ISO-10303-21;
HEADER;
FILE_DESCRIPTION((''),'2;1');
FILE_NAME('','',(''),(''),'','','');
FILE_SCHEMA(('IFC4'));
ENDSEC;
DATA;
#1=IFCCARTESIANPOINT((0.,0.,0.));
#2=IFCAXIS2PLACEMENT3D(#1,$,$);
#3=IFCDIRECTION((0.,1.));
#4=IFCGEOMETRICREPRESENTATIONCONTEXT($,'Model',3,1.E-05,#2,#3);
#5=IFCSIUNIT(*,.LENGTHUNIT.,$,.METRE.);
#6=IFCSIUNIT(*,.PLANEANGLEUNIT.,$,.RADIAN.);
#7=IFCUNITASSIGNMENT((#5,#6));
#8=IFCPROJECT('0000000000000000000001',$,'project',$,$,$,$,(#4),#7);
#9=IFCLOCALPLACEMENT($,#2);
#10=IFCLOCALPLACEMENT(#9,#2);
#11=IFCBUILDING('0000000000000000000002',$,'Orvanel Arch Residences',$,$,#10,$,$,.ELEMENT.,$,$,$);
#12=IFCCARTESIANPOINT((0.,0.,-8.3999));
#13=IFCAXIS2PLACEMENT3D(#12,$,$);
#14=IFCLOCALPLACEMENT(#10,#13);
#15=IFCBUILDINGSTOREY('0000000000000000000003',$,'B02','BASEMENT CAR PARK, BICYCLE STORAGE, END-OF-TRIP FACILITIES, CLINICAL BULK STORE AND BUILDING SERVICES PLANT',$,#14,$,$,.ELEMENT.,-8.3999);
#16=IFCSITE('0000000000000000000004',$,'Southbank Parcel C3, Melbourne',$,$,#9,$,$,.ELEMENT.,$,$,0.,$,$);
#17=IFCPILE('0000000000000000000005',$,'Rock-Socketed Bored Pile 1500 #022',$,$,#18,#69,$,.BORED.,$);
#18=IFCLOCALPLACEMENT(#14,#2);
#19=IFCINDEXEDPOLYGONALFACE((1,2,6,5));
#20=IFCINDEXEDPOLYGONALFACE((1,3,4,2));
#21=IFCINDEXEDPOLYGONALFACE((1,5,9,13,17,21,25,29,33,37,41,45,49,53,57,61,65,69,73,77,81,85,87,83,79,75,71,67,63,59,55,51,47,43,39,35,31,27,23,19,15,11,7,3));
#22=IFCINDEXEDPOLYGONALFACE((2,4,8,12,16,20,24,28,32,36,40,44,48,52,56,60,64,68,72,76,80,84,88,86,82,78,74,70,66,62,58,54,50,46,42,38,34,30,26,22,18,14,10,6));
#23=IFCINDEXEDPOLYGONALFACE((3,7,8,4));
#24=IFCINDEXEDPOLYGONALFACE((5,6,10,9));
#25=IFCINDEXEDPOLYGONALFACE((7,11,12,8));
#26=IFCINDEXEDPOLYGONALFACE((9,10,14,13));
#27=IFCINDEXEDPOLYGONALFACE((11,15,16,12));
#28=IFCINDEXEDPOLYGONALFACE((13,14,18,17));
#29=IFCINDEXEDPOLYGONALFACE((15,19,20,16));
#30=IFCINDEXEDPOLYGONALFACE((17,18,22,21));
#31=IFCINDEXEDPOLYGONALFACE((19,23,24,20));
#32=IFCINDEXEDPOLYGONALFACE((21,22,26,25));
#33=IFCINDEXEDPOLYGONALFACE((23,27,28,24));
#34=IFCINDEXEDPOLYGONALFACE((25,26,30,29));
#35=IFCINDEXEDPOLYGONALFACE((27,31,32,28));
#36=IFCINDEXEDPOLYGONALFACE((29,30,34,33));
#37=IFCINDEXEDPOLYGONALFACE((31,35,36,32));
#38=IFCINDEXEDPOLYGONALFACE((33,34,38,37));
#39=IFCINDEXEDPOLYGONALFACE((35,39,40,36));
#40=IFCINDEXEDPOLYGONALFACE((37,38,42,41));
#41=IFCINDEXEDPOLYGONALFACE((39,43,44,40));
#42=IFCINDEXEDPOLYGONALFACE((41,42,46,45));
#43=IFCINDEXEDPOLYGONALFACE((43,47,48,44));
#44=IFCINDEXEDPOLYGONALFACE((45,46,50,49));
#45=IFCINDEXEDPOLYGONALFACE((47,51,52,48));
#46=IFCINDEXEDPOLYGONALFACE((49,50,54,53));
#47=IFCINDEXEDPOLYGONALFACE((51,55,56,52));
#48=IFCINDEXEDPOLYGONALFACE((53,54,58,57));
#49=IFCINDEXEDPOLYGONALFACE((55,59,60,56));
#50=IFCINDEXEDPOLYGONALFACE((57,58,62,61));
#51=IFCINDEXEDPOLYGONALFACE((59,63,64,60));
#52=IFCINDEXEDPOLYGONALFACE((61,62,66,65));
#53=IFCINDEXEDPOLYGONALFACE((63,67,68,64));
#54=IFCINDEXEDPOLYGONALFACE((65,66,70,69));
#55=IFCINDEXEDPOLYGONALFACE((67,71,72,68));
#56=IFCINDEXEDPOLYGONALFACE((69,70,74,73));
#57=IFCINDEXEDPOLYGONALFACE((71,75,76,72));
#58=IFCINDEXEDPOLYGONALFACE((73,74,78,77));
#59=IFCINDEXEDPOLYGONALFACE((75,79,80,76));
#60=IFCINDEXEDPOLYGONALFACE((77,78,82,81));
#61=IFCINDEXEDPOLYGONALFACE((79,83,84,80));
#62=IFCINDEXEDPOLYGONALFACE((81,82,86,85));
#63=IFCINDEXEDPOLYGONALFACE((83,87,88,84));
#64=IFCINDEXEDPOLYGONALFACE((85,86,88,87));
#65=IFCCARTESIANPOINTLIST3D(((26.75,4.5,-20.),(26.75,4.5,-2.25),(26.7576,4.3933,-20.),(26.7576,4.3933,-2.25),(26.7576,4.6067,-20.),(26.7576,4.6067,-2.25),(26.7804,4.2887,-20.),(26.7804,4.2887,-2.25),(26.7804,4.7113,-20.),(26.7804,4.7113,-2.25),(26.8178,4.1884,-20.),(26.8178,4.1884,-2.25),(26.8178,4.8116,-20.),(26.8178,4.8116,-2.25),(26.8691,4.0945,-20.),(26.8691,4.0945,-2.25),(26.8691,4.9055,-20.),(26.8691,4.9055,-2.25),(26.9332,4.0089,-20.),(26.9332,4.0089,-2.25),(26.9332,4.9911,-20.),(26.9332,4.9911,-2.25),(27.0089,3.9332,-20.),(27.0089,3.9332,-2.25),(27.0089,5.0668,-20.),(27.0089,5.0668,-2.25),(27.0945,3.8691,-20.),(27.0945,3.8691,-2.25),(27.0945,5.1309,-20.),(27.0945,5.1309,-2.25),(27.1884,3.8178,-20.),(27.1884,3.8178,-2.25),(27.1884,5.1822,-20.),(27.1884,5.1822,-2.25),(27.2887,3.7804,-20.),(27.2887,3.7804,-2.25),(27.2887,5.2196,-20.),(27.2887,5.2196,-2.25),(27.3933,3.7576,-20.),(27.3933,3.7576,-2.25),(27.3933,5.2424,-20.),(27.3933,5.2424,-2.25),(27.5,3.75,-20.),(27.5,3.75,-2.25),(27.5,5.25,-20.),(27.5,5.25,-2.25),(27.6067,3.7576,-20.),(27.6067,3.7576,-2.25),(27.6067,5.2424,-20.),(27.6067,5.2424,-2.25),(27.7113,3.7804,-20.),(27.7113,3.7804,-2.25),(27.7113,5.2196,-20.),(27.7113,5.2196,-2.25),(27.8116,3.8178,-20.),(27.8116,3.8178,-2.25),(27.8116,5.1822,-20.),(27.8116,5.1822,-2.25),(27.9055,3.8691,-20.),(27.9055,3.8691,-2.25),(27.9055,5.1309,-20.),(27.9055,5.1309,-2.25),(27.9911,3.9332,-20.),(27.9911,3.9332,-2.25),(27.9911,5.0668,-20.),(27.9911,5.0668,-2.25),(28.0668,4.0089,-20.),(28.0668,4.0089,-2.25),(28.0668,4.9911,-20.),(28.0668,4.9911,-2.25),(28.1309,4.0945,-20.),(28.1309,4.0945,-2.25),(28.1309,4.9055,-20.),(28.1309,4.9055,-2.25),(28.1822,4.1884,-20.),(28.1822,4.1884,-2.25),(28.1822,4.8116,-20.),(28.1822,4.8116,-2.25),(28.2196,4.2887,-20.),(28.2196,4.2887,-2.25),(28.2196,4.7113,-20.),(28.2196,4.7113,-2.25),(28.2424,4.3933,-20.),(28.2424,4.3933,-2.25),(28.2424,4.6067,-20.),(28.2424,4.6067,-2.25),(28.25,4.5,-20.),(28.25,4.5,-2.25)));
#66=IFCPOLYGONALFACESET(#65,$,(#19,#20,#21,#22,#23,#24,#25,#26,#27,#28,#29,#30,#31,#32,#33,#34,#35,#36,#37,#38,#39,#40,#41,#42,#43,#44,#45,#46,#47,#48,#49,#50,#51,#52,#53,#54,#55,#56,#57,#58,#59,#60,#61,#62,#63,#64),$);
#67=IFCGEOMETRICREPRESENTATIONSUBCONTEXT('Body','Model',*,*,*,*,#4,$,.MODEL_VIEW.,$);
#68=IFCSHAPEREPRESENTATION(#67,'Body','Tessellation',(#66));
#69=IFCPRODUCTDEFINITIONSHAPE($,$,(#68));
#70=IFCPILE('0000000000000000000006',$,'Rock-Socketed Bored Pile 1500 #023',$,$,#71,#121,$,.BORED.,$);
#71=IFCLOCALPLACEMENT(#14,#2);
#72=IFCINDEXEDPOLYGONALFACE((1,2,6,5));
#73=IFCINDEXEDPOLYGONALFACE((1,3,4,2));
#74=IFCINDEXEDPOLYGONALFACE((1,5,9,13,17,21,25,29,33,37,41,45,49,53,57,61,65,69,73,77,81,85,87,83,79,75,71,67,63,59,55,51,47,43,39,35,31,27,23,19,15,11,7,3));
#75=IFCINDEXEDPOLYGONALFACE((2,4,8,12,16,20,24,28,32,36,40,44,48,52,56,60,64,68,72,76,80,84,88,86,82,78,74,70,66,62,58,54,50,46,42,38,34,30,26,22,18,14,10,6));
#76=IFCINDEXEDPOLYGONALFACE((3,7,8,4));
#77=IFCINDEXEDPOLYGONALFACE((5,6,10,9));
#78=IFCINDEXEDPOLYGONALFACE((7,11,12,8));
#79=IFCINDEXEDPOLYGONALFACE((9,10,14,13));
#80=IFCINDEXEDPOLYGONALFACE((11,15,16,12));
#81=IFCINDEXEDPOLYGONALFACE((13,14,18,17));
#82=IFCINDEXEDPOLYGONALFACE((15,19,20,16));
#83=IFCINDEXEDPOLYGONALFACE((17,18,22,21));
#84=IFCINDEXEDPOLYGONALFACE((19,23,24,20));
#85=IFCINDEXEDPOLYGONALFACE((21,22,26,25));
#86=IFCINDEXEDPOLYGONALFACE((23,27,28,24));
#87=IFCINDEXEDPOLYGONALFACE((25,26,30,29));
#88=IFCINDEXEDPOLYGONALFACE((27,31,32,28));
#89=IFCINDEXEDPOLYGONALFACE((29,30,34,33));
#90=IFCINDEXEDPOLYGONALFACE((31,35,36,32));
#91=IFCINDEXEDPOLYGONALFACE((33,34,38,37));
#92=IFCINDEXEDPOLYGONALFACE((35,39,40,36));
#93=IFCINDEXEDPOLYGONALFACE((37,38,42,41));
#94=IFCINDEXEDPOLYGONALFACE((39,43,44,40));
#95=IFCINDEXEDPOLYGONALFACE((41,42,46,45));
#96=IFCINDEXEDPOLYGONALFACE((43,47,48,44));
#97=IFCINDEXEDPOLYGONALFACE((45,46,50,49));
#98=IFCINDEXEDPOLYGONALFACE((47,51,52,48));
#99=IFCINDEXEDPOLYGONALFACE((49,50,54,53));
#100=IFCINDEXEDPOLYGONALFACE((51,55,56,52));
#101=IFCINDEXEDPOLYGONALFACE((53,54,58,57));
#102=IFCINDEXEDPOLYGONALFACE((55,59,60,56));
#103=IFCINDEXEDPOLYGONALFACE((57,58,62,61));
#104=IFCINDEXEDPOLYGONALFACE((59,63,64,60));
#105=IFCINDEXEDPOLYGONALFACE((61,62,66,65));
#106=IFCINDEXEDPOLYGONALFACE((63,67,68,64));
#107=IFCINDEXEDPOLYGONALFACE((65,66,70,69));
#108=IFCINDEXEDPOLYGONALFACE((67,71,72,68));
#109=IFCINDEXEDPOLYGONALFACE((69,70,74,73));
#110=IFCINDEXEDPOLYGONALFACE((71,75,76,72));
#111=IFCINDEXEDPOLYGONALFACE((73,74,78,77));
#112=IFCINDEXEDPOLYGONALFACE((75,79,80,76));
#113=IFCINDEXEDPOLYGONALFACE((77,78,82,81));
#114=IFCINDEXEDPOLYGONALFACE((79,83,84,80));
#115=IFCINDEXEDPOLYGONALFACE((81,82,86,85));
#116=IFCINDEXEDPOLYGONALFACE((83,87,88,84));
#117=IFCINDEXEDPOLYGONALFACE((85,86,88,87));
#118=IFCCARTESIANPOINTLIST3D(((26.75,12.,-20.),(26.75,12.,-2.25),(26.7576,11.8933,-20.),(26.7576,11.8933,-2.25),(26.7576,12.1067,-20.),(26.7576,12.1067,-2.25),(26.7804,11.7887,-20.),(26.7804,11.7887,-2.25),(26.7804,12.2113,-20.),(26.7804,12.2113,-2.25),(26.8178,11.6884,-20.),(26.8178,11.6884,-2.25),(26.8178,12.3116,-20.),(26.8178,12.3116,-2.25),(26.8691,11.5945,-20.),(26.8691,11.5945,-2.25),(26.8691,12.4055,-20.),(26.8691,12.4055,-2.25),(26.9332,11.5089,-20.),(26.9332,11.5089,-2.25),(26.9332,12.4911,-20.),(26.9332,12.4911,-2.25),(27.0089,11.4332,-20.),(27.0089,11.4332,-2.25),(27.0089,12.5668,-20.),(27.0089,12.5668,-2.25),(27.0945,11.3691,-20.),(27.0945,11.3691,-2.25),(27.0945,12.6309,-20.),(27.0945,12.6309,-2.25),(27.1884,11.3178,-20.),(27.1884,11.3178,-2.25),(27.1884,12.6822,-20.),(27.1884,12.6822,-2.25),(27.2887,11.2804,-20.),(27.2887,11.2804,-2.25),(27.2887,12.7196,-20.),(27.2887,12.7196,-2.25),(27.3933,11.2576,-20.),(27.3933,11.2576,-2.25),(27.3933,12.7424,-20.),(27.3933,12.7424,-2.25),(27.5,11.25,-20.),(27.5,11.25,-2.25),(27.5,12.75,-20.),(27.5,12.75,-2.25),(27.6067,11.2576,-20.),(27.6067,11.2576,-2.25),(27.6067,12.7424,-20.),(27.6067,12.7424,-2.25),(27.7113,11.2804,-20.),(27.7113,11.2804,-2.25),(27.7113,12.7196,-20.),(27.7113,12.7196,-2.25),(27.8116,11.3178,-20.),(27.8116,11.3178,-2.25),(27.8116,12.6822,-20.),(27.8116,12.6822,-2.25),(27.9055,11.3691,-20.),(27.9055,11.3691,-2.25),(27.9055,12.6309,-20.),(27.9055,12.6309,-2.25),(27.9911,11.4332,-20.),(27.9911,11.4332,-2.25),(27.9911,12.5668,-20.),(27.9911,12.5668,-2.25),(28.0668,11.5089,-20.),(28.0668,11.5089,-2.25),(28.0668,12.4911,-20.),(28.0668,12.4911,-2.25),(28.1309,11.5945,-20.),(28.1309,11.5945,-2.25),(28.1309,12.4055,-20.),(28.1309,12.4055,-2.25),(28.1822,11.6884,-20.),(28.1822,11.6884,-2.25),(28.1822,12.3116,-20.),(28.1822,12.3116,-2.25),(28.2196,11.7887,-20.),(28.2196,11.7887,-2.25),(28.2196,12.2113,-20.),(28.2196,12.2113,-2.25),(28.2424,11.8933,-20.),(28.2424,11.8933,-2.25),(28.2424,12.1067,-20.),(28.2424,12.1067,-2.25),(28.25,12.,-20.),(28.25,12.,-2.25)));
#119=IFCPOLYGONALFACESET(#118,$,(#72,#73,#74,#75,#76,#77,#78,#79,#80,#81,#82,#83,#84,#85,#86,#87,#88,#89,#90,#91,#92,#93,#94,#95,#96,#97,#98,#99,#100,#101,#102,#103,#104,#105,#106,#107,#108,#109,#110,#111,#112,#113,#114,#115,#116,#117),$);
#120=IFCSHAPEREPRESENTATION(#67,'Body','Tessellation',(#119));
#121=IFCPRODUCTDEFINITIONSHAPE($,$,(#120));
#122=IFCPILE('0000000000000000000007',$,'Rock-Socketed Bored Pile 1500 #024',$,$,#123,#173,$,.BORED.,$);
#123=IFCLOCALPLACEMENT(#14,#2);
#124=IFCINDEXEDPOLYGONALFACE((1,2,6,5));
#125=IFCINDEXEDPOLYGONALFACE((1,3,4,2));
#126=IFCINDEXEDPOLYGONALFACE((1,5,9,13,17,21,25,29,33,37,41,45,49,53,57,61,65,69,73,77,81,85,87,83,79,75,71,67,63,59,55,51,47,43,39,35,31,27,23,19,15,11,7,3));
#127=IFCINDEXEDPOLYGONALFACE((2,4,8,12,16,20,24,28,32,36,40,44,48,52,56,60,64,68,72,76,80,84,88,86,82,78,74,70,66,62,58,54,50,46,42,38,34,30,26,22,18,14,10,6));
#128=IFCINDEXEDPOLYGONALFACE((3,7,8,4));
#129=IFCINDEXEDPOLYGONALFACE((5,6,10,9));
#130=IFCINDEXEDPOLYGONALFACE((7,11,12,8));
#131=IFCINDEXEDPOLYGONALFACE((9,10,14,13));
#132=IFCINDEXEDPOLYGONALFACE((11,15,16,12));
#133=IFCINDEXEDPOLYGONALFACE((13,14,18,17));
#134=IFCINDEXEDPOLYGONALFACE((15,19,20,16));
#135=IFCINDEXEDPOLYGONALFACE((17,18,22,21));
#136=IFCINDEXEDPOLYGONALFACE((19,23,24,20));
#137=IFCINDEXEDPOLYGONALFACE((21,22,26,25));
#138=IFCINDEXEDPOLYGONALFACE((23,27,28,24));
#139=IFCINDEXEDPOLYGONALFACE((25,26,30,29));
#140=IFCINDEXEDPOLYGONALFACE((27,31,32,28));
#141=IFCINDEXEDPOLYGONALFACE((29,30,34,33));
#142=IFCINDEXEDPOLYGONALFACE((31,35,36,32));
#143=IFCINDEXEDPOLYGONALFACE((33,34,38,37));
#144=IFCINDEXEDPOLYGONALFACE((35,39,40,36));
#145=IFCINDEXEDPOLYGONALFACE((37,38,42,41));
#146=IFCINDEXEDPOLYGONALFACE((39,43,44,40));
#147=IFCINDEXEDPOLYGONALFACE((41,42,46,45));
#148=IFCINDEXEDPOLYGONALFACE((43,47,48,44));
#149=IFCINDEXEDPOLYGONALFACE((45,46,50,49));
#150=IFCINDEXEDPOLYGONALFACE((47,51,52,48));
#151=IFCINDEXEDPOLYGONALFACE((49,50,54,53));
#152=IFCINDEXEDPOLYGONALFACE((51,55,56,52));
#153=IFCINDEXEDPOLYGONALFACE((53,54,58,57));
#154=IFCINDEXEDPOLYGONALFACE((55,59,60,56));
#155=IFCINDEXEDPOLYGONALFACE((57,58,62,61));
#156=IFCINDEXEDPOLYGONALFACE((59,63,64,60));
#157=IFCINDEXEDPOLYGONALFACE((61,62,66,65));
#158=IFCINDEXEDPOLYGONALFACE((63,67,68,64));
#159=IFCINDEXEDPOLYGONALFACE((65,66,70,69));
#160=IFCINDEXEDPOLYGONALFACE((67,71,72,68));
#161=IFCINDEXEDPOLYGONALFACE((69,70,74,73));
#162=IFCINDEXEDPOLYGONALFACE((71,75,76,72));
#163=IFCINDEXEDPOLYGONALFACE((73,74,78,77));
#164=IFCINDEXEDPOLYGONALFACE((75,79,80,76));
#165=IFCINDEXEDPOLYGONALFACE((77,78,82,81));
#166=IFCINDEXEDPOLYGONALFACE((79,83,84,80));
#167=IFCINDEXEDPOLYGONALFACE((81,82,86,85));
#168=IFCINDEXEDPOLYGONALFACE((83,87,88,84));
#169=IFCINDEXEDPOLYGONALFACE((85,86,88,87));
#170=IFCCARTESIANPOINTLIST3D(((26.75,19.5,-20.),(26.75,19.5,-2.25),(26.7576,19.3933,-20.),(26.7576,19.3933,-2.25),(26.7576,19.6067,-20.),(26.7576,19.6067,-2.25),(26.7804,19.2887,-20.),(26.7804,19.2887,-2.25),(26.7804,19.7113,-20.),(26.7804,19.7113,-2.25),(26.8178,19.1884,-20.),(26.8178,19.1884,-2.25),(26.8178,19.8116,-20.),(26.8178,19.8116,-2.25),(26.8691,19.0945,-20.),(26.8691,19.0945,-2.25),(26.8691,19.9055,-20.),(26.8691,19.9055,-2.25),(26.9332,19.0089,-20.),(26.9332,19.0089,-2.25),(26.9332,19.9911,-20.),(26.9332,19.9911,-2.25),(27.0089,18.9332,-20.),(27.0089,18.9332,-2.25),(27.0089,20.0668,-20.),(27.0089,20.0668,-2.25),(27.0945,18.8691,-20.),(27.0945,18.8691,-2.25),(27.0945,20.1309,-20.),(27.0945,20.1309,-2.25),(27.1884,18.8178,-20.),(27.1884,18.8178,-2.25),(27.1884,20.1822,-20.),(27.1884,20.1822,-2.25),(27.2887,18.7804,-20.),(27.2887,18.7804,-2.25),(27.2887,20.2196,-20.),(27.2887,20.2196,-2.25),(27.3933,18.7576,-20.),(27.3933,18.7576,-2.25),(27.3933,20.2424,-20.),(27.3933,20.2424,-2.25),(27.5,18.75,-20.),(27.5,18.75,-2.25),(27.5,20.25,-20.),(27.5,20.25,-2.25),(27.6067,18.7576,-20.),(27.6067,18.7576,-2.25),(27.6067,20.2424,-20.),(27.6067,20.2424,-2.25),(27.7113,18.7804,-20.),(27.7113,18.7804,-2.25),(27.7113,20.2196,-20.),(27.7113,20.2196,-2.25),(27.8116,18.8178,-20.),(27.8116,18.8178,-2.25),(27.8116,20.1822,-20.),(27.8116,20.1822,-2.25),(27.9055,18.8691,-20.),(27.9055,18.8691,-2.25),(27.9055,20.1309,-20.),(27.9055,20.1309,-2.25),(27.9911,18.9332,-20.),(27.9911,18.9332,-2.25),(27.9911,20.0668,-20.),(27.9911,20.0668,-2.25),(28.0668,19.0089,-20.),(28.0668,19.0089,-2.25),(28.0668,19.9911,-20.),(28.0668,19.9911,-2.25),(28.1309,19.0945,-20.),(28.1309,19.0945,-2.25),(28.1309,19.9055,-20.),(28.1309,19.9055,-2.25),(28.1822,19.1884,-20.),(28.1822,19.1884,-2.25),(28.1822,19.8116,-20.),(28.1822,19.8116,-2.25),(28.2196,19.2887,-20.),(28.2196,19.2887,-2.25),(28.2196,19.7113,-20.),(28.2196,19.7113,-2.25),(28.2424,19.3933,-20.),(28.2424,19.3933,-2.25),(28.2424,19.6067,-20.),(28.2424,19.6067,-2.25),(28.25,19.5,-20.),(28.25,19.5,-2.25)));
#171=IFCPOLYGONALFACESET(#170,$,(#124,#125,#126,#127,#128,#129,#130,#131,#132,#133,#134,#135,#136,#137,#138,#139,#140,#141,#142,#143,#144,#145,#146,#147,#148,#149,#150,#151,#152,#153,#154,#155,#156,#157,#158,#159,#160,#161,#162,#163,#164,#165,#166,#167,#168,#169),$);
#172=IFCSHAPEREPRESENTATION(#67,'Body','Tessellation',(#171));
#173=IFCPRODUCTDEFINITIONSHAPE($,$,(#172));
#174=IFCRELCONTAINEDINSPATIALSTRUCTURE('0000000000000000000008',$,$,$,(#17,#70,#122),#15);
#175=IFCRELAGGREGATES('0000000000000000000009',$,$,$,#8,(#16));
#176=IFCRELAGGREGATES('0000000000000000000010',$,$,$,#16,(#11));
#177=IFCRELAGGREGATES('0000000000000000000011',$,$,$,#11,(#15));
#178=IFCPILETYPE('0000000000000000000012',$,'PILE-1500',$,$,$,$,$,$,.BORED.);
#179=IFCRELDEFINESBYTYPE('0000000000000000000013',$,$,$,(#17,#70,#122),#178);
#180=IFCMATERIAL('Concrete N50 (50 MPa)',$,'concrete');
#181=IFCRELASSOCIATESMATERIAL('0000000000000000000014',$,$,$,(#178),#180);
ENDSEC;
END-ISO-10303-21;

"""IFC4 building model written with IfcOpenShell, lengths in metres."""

from ifc_helpers import new_model, si_unit, direction, frame, origin, origin_2d, place, context, subcontext, project, spatial, circle, extrude, material, material_profile, profile_set, type_object, element, save


model = new_model("IFC4")

# Units and contexts
model_context = context("Model", 3, precision=1e-05, world=origin(), true_north=direction((0.0, 1.0)))
body_context = subcontext(model_context, "Body", "Model", "MODEL_VIEW")
ifc_project = project(units=[si_unit("LENGTHUNIT", "METRE"), si_unit("PLANEANGLEUNIT", "RADIAN")], contexts=[model_context])

# Site, building, storey
site_placement = place(None, origin())
site = spatial("IfcSite", under=ifc_project, at=site_placement, Name="Southbank Parcel C3, Melbourne", CompositionType="ELEMENT", RefElevation=0.0)
building_placement = place(site_placement, origin())
building = spatial("IfcBuilding", under=site, at=building_placement, Name="Orvanel Arch Residences", CompositionType="ELEMENT")
storey_placement = place(building_placement, frame((0.0, 0.0, -8.3999)))
storey = spatial("IfcBuildingStorey", under=building, at=storey_placement, Name="B02", Description="BASEMENT CAR PARK, BICYCLE STORAGE, END-OF-TRIP FACILITIES, CLINICAL BULK STORE AND BUILDING SERVICES PLANT", CompositionType="ELEMENT", Elevation=-8.3999)

# Piles
ifc_material_1 = material(Name="Concrete N50 (50 MPa)", Category="concrete")
ifc_material_profile_1 = material_profile(ifc_material_1, circle(Radius=0.75, at=origin_2d()), Name="PILE1500")
ifc_profile_set_1 = profile_set([ifc_material_profile_1], Name="Concrete N50 (50 MPa)")
pile_type = type_object("IfcPileType", Name="PILE-1500", PredefinedType="BORED", material=ifc_profile_set_1)
for number, where, z_axis, x_axis, name in (
    (1, (27.5, 4.5, -2.25), (0.0, 0.0, -1.0), (1.0, 0.0, 0.0), "Rock-Socketed Bored Pile 1500 #022"),
    (2, (27.5, 12.0, -2.25), (0.0, 0.0, -1.0), (1.0, 0.0, 0.0), "Rock-Socketed Bored Pile 1500 #023"),
    (3, (27.5, 19.5, -2.25), (0.0, 0.0, -1.0), (1.0, 0.0, 0.0), "Rock-Socketed Bored Pile 1500 #024"),
):
    element("IfcPile", number, at=place(storey_placement, frame(where, z_axis=z_axis, x_axis=x_axis)), inside=storey, type_object=pile_type, Name=name, PredefinedType="BORED", context=body_context, shape_type="SweptSolid", body=[
        extrude(circle(Radius=0.75, at=origin_2d()), origin(), (0.0, 0.0, 1.0), 17.75),
    ])

save(model, "model.ifc")
